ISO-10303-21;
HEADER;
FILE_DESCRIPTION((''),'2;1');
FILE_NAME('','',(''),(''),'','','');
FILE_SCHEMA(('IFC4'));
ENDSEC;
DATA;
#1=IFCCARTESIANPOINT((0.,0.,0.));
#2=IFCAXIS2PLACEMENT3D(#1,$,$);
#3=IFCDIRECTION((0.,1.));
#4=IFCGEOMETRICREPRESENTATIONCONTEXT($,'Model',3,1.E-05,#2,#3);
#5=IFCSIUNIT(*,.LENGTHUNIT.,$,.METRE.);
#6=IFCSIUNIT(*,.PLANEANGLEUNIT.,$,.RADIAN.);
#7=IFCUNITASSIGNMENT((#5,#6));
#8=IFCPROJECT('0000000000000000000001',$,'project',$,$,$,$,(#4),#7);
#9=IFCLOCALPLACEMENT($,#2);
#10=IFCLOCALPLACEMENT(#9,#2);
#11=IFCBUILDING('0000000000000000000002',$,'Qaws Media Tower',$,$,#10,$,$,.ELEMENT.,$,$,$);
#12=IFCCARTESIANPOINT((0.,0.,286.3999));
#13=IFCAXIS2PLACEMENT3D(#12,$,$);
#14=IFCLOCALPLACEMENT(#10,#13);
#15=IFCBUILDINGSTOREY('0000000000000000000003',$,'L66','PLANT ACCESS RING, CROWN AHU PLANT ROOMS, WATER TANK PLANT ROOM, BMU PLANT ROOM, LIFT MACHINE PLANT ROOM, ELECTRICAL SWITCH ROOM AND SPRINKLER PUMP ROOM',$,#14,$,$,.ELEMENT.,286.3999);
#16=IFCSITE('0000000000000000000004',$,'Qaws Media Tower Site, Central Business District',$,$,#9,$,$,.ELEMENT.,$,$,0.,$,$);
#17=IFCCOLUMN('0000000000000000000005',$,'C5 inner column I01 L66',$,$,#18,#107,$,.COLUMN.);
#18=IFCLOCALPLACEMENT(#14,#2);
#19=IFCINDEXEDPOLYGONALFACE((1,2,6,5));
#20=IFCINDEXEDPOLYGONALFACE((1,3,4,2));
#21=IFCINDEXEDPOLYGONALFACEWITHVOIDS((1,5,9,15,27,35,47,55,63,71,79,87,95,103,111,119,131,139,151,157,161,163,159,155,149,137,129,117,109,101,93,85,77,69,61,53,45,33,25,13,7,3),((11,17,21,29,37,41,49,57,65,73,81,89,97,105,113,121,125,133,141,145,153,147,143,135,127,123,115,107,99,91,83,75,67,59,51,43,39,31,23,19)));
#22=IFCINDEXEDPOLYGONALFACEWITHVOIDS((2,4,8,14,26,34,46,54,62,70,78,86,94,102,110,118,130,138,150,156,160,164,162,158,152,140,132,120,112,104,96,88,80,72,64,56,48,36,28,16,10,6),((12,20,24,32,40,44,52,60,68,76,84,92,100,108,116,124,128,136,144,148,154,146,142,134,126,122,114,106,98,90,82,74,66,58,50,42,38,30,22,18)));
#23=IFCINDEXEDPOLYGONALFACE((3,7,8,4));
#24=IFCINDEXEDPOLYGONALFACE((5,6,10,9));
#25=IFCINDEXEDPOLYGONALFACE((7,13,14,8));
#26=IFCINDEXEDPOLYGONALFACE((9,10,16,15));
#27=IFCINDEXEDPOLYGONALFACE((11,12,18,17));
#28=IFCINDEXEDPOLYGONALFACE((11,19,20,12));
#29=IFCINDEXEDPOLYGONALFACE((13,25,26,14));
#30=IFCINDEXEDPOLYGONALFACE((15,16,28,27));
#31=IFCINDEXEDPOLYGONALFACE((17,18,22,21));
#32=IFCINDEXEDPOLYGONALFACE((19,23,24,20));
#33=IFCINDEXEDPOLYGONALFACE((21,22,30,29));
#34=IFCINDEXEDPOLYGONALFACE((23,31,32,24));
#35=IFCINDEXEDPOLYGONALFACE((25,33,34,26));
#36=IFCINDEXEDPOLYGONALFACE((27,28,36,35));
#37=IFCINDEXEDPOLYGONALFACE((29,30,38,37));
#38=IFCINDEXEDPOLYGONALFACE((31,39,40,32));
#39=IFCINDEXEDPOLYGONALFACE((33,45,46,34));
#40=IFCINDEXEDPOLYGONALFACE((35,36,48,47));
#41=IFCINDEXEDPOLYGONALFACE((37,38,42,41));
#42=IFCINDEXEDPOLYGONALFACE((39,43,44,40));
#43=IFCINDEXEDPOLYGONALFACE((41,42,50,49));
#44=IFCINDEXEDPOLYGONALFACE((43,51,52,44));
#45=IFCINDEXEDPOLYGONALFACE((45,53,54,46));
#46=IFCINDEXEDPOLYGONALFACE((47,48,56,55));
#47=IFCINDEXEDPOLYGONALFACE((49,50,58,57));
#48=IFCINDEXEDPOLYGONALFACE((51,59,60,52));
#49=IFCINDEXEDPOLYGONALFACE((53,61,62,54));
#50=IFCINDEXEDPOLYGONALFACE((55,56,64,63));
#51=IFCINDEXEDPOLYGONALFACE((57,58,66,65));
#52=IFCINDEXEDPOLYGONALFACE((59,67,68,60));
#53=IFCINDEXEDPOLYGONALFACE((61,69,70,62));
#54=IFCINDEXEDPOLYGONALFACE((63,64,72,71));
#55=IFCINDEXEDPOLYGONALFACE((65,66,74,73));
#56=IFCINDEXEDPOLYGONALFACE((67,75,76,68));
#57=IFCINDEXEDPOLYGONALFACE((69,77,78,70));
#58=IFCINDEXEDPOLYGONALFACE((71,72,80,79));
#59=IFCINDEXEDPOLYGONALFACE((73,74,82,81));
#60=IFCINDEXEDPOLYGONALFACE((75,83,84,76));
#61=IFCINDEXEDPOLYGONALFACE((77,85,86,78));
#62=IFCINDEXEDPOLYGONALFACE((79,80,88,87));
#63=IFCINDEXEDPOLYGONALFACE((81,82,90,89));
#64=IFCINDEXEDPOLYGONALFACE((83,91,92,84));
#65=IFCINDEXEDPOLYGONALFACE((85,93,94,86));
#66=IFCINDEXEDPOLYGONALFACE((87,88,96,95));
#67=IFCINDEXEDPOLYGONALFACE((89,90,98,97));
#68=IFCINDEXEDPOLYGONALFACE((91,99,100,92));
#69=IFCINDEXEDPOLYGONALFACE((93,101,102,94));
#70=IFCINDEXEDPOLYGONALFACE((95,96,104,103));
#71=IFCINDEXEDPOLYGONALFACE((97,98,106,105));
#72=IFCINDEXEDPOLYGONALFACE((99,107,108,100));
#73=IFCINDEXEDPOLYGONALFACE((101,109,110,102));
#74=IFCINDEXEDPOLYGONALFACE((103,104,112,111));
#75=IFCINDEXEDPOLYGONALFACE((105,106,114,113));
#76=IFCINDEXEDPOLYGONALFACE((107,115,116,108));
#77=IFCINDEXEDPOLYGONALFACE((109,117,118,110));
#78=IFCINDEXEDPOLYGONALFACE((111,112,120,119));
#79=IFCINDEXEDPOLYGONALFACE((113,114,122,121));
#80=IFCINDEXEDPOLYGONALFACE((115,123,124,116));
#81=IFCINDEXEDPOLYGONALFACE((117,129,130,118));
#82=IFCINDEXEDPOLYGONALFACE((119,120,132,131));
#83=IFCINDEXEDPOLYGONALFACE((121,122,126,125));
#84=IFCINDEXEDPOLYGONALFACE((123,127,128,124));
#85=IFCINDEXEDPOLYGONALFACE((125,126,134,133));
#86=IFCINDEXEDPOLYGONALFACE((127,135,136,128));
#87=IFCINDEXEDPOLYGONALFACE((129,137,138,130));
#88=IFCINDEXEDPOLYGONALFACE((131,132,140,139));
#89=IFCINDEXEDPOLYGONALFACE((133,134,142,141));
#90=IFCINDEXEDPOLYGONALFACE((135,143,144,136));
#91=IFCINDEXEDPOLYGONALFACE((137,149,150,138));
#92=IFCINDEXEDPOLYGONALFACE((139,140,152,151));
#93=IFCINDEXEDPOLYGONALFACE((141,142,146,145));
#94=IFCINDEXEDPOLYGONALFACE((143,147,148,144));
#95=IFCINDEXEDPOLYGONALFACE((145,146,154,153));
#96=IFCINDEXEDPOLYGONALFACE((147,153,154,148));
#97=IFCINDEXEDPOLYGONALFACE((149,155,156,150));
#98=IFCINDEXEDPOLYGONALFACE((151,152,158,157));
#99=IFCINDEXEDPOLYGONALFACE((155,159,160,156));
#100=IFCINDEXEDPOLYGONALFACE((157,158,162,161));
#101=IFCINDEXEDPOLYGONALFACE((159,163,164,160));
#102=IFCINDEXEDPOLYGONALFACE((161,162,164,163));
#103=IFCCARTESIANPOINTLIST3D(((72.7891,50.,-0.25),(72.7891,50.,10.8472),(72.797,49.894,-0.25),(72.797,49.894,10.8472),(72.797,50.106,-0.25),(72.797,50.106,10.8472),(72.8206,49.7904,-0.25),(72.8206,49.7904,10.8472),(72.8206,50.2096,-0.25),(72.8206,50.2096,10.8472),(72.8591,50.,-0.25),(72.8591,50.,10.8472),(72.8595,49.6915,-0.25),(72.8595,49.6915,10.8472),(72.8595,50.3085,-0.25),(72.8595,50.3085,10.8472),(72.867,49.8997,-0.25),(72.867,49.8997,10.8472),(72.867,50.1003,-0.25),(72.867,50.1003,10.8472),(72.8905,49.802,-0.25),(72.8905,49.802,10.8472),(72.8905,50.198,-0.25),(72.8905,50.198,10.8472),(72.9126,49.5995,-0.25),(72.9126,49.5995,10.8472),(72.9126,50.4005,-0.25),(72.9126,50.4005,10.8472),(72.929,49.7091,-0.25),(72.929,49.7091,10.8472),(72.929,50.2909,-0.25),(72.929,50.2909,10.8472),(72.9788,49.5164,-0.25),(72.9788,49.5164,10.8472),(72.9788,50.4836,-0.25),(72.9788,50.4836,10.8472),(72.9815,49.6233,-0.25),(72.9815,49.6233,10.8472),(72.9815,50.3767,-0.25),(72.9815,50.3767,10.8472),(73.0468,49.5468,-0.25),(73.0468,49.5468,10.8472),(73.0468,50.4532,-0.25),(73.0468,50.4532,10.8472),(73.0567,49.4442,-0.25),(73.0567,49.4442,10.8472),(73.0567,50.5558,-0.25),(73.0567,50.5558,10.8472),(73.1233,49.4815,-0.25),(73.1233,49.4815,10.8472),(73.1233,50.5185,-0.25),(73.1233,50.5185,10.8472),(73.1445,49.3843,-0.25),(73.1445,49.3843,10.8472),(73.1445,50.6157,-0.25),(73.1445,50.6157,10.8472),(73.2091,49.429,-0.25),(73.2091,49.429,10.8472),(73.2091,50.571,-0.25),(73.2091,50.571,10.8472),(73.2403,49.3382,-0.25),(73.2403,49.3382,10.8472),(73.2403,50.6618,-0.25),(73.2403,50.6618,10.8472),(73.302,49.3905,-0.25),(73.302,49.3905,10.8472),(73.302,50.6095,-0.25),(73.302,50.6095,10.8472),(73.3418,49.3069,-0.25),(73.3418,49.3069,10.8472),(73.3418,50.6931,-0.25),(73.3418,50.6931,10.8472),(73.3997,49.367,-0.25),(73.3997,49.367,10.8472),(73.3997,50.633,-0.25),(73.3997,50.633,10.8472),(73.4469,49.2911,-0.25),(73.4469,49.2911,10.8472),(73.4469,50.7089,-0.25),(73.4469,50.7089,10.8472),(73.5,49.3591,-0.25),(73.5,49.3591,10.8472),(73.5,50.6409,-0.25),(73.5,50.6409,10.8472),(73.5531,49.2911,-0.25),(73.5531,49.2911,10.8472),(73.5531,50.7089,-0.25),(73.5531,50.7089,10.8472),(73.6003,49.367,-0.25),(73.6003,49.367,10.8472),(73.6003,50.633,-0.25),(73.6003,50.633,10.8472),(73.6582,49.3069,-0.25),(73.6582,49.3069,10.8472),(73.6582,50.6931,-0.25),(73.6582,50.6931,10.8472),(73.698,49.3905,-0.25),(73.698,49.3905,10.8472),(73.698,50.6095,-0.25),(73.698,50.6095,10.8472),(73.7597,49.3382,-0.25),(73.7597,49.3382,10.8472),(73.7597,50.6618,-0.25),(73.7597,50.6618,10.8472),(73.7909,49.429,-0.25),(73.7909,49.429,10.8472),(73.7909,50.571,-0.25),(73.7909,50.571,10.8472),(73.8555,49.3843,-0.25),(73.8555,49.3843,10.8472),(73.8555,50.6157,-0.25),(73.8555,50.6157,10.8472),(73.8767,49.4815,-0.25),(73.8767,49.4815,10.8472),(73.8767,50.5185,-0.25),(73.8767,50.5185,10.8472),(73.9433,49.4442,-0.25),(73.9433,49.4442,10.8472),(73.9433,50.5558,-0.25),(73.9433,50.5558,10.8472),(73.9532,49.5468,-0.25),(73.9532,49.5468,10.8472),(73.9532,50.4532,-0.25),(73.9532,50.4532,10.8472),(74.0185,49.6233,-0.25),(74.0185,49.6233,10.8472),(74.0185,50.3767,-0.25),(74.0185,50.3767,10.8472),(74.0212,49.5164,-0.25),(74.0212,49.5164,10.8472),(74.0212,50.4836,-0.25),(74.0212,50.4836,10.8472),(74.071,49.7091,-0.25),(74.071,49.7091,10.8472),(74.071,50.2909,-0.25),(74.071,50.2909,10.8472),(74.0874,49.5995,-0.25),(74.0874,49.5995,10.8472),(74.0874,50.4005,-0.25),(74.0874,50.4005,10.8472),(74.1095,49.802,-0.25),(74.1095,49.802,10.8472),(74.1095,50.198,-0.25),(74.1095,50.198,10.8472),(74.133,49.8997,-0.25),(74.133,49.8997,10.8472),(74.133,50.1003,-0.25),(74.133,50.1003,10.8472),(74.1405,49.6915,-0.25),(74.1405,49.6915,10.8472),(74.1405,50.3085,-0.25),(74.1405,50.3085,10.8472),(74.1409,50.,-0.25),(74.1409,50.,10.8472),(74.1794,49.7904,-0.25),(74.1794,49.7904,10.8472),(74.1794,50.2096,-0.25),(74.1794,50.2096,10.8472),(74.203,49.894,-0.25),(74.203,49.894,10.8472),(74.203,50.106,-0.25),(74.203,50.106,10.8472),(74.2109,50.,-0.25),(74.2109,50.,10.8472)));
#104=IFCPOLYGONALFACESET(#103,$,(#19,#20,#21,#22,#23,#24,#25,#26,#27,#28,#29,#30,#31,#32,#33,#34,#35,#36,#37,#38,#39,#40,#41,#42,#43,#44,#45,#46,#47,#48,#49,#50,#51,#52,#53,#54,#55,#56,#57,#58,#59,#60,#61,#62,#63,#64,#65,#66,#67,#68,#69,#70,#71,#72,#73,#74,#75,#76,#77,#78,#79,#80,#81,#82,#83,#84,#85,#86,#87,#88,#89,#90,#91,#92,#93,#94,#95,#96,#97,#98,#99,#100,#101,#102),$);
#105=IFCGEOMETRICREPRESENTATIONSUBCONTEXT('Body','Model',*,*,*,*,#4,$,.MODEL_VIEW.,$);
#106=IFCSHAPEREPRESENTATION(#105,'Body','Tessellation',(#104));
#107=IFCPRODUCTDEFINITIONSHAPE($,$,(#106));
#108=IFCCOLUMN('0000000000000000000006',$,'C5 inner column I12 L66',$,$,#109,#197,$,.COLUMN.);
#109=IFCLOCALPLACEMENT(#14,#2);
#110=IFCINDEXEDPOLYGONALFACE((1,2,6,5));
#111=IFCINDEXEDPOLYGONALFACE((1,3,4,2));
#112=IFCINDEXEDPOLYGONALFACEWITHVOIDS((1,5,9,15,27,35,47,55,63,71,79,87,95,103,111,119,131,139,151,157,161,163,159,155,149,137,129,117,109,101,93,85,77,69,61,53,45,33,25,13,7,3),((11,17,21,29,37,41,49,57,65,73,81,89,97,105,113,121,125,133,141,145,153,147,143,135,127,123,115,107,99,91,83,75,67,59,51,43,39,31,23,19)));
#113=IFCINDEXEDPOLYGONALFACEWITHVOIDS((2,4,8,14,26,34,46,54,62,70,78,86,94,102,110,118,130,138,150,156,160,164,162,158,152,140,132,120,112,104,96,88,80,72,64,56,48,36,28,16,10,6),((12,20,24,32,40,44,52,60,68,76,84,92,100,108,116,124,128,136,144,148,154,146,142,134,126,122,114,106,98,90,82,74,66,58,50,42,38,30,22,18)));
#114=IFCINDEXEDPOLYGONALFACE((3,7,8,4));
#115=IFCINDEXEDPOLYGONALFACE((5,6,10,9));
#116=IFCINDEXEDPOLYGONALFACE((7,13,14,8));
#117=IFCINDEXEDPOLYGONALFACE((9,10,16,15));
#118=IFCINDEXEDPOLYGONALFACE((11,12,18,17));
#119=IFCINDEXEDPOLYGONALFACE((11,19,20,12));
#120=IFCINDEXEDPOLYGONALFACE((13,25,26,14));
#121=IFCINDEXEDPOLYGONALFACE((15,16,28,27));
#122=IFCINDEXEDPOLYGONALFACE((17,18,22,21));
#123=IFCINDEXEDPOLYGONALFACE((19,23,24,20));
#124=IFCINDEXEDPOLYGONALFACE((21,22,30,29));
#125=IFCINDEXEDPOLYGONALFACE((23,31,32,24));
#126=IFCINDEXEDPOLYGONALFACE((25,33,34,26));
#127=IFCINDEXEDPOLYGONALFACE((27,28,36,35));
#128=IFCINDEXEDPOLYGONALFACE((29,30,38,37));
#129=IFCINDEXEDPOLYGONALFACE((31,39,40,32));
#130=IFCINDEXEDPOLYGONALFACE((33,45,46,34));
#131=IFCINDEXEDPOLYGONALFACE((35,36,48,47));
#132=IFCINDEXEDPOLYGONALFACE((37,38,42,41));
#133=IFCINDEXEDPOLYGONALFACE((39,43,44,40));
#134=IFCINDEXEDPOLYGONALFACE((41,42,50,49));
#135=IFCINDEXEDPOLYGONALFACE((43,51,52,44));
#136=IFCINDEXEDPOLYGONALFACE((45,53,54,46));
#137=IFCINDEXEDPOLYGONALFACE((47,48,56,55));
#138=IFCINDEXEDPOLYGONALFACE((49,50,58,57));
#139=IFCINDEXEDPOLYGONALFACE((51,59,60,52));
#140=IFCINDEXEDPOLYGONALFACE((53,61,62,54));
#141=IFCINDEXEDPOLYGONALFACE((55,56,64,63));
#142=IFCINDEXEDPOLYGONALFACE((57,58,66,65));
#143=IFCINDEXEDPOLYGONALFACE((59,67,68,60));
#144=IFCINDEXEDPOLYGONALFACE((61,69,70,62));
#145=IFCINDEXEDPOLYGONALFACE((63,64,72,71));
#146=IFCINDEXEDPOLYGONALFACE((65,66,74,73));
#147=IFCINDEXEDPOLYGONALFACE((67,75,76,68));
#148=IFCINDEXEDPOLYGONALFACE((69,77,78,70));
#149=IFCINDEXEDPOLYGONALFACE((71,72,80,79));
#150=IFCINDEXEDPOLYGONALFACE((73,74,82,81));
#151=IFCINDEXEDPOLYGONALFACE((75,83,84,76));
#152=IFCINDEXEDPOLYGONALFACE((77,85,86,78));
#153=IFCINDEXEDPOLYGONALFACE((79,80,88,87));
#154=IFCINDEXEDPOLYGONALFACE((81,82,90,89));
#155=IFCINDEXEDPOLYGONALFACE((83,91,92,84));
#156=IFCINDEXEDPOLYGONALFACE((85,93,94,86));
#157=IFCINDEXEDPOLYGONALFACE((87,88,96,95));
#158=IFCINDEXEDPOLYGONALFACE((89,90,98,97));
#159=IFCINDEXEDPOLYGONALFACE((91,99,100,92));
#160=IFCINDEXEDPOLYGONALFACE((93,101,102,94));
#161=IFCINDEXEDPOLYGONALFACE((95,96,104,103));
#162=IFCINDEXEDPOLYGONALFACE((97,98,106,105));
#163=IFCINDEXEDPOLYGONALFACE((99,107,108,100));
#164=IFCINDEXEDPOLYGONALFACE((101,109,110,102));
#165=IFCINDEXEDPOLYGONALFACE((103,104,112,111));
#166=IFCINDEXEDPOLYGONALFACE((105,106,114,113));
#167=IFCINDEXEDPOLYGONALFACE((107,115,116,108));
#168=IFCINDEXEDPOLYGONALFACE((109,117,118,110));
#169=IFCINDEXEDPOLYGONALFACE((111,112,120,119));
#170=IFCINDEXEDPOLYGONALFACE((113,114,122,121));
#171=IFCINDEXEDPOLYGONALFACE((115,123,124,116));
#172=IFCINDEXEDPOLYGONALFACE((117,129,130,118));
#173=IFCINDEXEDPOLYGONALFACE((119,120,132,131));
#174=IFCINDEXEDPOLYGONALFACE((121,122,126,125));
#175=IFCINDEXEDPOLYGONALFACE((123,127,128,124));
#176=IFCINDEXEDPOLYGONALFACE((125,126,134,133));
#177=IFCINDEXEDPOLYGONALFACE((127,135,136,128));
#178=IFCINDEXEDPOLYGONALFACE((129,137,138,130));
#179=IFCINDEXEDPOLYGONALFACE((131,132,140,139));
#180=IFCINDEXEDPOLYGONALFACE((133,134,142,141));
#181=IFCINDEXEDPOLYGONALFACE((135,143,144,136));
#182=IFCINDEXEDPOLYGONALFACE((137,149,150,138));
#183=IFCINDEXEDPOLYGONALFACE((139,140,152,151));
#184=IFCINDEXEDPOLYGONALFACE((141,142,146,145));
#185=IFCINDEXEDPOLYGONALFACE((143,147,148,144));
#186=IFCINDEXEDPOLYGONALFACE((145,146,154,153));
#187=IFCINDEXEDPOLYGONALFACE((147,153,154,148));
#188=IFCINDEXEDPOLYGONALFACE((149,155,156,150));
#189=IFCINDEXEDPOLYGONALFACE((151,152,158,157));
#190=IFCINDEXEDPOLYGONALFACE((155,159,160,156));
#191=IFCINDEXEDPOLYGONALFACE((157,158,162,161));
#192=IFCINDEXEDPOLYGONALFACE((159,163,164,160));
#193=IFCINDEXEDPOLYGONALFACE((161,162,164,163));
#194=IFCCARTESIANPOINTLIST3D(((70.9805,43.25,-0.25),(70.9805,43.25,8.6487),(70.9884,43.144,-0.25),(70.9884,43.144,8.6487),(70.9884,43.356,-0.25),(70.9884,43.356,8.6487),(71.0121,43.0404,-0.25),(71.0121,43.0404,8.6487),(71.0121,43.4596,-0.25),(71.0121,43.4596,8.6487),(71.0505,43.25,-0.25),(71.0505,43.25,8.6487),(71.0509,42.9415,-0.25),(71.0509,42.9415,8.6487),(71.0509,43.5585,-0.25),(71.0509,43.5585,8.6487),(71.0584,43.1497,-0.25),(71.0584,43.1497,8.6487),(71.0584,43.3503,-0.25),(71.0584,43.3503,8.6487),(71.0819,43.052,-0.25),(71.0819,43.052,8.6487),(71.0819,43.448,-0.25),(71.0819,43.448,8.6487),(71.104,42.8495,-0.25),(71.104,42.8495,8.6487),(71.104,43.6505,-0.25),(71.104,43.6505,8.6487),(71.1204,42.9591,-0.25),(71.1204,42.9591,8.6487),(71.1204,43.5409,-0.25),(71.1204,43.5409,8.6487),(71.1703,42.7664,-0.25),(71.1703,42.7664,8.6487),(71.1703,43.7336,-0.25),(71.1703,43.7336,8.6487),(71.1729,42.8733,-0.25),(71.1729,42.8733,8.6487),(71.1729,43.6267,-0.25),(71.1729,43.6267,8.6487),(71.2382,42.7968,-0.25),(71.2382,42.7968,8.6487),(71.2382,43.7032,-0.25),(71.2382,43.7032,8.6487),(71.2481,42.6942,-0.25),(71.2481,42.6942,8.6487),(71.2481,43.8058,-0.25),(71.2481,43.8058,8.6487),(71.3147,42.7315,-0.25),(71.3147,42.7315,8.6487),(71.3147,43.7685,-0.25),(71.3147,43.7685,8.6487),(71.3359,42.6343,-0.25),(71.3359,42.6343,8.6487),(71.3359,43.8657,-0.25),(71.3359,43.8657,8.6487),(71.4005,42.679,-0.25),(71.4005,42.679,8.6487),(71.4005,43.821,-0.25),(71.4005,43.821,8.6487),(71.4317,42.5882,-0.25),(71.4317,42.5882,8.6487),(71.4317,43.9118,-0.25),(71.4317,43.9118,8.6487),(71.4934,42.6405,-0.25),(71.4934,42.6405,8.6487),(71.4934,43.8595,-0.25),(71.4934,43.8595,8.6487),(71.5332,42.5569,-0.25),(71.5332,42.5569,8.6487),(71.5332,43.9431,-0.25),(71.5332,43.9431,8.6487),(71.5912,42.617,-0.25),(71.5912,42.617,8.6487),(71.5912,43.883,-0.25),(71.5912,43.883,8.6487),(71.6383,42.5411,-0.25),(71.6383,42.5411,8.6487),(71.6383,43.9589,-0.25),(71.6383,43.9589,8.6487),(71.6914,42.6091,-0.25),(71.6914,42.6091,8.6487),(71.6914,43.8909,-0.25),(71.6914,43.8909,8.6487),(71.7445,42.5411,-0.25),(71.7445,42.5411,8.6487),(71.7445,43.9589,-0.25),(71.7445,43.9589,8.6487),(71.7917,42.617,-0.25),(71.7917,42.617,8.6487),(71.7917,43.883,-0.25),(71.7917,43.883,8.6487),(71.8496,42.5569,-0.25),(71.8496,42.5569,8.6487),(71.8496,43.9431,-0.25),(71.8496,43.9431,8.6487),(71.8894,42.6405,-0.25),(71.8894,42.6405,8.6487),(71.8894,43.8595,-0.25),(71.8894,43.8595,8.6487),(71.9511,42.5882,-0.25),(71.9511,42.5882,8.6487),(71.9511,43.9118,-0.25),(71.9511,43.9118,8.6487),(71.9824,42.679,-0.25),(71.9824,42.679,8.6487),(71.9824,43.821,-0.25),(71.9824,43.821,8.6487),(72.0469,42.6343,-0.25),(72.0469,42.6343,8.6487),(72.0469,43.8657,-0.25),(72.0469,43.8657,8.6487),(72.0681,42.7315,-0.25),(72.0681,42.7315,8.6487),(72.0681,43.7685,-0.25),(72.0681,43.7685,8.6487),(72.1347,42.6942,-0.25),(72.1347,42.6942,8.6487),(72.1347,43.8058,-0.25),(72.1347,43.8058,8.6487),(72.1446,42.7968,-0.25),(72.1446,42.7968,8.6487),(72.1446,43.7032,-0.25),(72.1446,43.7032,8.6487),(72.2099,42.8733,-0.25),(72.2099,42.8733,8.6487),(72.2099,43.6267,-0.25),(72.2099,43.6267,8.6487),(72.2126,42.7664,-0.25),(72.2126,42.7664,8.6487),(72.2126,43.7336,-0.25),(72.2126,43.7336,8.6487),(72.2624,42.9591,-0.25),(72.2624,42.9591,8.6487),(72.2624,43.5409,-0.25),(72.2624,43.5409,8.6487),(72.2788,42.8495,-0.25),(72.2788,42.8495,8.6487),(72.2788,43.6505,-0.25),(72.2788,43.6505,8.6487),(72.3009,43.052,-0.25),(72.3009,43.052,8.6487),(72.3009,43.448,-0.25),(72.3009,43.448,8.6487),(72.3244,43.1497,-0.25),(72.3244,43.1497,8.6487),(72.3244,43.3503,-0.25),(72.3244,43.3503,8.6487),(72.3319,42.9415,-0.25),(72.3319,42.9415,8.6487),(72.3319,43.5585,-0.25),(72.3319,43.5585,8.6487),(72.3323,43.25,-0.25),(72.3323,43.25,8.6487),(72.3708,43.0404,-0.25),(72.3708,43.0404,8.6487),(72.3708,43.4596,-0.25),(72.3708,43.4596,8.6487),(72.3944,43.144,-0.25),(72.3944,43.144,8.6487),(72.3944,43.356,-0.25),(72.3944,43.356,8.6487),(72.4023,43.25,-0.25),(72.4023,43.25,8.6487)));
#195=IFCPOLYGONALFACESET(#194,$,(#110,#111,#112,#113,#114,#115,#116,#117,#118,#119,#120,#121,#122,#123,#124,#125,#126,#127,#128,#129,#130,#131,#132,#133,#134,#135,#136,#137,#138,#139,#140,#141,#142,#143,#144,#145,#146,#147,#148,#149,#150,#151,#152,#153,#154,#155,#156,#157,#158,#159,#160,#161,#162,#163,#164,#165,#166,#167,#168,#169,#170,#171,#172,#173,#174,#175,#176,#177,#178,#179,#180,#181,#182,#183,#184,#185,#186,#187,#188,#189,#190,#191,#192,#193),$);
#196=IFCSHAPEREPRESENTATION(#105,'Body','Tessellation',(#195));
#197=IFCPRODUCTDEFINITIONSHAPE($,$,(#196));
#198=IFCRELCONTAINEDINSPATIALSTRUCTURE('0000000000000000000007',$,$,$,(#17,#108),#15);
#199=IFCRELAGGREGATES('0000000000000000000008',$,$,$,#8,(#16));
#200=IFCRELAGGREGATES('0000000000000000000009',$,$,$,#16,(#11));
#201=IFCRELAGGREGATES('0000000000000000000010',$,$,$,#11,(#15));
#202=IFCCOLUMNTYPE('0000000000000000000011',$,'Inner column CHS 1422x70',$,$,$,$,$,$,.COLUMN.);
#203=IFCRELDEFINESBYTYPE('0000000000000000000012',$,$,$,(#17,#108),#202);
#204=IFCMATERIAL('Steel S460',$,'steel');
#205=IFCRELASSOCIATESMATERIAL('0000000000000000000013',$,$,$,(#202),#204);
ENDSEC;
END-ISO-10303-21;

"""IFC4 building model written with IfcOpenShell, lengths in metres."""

from ifc_helpers import new_model, si_unit, direction, frame, origin, origin_2d, place, context, subcontext, project, spatial, hollow_circle, extrude, material, material_profile, profile_set, type_object, element, save


model = new_model("IFC4")

# Units and contexts
model_context = context("Model", 3, precision=1e-05, world=origin(), true_north=direction((0.0, 1.0)))
body_context = subcontext(model_context, "Body", "Model", "MODEL_VIEW")
ifc_project = project(units=[si_unit("LENGTHUNIT", "METRE"), si_unit("PLANEANGLEUNIT", "RADIAN")], contexts=[model_context])

# Site, building, storey
site_placement = place(None, origin())
site = spatial("IfcSite", under=ifc_project, at=site_placement, Name="Qaws Media Tower Site, Central Business District", CompositionType="ELEMENT", RefElevation=0.0)
building_placement = place(site_placement, origin())
building = spatial("IfcBuilding", under=site, at=building_placement, Name="Qaws Media Tower", CompositionType="ELEMENT")
storey_placement = place(building_placement, frame((0.0, 0.0, 286.3999)))
storey = spatial("IfcBuildingStorey", under=building, at=storey_placement, Name="L66", Description="PLANT ACCESS RING, CROWN AHU PLANT ROOMS, WATER TANK PLANT ROOM, BMU PLANT ROOM, LIFT MACHINE PLANT ROOM, ELECTRICAL SWITCH ROOM AND SPRINKLER PUMP ROOM", CompositionType="ELEMENT", Elevation=286.3999)

# Columns
ifc_material_1 = material(Name="Steel S460", Category="steel")
ifc_material_profile_1 = material_profile(ifc_material_1, hollow_circle(Radius=0.7109, WallThickness=0.0701, at=origin_2d()), Name="CHS 1422x70")
ifc_profile_set_1 = profile_set([ifc_material_profile_1], Name="Steel S460")
column_type = type_object("IfcColumnType", Name="Inner column CHS 1422x70", PredefinedType="COLUMN", material=ifc_profile_set_1)
column_1_placement = place(storey_placement, frame((73.5, 50.0, -0.25), z_axis=(0.0, 0.0, 1.0), x_axis=(1.0, 0.0, 0.0)))
element("IfcColumn", 1, at=column_1_placement, inside=storey, type_object=column_type, Name="C5 inner column I01 L66", PredefinedType="COLUMN", context=body_context, shape_type="SweptSolid", body=[
    extrude(hollow_circle(Radius=0.7109, WallThickness=0.0701, at=origin_2d()), origin(), (0.0, 0.0, 1.0), 11.0972),
])
column_2_placement = place(storey_placement, frame((71.6914, 43.25, -0.25), z_axis=(0.0, 0.0, 1.0), x_axis=(1.0, 0.0, 0.0)))
element("IfcColumn", 2, at=column_2_placement, inside=storey, type_object=column_type, Name="C5 inner column I12 L66", PredefinedType="COLUMN", context=body_context, shape_type="SweptSolid", body=[
    extrude(hollow_circle(Radius=0.7109, WallThickness=0.0701, at=origin_2d()), origin(), (0.0, 0.0, 1.0), 8.8987),
])

save(model, "model.ifc")
